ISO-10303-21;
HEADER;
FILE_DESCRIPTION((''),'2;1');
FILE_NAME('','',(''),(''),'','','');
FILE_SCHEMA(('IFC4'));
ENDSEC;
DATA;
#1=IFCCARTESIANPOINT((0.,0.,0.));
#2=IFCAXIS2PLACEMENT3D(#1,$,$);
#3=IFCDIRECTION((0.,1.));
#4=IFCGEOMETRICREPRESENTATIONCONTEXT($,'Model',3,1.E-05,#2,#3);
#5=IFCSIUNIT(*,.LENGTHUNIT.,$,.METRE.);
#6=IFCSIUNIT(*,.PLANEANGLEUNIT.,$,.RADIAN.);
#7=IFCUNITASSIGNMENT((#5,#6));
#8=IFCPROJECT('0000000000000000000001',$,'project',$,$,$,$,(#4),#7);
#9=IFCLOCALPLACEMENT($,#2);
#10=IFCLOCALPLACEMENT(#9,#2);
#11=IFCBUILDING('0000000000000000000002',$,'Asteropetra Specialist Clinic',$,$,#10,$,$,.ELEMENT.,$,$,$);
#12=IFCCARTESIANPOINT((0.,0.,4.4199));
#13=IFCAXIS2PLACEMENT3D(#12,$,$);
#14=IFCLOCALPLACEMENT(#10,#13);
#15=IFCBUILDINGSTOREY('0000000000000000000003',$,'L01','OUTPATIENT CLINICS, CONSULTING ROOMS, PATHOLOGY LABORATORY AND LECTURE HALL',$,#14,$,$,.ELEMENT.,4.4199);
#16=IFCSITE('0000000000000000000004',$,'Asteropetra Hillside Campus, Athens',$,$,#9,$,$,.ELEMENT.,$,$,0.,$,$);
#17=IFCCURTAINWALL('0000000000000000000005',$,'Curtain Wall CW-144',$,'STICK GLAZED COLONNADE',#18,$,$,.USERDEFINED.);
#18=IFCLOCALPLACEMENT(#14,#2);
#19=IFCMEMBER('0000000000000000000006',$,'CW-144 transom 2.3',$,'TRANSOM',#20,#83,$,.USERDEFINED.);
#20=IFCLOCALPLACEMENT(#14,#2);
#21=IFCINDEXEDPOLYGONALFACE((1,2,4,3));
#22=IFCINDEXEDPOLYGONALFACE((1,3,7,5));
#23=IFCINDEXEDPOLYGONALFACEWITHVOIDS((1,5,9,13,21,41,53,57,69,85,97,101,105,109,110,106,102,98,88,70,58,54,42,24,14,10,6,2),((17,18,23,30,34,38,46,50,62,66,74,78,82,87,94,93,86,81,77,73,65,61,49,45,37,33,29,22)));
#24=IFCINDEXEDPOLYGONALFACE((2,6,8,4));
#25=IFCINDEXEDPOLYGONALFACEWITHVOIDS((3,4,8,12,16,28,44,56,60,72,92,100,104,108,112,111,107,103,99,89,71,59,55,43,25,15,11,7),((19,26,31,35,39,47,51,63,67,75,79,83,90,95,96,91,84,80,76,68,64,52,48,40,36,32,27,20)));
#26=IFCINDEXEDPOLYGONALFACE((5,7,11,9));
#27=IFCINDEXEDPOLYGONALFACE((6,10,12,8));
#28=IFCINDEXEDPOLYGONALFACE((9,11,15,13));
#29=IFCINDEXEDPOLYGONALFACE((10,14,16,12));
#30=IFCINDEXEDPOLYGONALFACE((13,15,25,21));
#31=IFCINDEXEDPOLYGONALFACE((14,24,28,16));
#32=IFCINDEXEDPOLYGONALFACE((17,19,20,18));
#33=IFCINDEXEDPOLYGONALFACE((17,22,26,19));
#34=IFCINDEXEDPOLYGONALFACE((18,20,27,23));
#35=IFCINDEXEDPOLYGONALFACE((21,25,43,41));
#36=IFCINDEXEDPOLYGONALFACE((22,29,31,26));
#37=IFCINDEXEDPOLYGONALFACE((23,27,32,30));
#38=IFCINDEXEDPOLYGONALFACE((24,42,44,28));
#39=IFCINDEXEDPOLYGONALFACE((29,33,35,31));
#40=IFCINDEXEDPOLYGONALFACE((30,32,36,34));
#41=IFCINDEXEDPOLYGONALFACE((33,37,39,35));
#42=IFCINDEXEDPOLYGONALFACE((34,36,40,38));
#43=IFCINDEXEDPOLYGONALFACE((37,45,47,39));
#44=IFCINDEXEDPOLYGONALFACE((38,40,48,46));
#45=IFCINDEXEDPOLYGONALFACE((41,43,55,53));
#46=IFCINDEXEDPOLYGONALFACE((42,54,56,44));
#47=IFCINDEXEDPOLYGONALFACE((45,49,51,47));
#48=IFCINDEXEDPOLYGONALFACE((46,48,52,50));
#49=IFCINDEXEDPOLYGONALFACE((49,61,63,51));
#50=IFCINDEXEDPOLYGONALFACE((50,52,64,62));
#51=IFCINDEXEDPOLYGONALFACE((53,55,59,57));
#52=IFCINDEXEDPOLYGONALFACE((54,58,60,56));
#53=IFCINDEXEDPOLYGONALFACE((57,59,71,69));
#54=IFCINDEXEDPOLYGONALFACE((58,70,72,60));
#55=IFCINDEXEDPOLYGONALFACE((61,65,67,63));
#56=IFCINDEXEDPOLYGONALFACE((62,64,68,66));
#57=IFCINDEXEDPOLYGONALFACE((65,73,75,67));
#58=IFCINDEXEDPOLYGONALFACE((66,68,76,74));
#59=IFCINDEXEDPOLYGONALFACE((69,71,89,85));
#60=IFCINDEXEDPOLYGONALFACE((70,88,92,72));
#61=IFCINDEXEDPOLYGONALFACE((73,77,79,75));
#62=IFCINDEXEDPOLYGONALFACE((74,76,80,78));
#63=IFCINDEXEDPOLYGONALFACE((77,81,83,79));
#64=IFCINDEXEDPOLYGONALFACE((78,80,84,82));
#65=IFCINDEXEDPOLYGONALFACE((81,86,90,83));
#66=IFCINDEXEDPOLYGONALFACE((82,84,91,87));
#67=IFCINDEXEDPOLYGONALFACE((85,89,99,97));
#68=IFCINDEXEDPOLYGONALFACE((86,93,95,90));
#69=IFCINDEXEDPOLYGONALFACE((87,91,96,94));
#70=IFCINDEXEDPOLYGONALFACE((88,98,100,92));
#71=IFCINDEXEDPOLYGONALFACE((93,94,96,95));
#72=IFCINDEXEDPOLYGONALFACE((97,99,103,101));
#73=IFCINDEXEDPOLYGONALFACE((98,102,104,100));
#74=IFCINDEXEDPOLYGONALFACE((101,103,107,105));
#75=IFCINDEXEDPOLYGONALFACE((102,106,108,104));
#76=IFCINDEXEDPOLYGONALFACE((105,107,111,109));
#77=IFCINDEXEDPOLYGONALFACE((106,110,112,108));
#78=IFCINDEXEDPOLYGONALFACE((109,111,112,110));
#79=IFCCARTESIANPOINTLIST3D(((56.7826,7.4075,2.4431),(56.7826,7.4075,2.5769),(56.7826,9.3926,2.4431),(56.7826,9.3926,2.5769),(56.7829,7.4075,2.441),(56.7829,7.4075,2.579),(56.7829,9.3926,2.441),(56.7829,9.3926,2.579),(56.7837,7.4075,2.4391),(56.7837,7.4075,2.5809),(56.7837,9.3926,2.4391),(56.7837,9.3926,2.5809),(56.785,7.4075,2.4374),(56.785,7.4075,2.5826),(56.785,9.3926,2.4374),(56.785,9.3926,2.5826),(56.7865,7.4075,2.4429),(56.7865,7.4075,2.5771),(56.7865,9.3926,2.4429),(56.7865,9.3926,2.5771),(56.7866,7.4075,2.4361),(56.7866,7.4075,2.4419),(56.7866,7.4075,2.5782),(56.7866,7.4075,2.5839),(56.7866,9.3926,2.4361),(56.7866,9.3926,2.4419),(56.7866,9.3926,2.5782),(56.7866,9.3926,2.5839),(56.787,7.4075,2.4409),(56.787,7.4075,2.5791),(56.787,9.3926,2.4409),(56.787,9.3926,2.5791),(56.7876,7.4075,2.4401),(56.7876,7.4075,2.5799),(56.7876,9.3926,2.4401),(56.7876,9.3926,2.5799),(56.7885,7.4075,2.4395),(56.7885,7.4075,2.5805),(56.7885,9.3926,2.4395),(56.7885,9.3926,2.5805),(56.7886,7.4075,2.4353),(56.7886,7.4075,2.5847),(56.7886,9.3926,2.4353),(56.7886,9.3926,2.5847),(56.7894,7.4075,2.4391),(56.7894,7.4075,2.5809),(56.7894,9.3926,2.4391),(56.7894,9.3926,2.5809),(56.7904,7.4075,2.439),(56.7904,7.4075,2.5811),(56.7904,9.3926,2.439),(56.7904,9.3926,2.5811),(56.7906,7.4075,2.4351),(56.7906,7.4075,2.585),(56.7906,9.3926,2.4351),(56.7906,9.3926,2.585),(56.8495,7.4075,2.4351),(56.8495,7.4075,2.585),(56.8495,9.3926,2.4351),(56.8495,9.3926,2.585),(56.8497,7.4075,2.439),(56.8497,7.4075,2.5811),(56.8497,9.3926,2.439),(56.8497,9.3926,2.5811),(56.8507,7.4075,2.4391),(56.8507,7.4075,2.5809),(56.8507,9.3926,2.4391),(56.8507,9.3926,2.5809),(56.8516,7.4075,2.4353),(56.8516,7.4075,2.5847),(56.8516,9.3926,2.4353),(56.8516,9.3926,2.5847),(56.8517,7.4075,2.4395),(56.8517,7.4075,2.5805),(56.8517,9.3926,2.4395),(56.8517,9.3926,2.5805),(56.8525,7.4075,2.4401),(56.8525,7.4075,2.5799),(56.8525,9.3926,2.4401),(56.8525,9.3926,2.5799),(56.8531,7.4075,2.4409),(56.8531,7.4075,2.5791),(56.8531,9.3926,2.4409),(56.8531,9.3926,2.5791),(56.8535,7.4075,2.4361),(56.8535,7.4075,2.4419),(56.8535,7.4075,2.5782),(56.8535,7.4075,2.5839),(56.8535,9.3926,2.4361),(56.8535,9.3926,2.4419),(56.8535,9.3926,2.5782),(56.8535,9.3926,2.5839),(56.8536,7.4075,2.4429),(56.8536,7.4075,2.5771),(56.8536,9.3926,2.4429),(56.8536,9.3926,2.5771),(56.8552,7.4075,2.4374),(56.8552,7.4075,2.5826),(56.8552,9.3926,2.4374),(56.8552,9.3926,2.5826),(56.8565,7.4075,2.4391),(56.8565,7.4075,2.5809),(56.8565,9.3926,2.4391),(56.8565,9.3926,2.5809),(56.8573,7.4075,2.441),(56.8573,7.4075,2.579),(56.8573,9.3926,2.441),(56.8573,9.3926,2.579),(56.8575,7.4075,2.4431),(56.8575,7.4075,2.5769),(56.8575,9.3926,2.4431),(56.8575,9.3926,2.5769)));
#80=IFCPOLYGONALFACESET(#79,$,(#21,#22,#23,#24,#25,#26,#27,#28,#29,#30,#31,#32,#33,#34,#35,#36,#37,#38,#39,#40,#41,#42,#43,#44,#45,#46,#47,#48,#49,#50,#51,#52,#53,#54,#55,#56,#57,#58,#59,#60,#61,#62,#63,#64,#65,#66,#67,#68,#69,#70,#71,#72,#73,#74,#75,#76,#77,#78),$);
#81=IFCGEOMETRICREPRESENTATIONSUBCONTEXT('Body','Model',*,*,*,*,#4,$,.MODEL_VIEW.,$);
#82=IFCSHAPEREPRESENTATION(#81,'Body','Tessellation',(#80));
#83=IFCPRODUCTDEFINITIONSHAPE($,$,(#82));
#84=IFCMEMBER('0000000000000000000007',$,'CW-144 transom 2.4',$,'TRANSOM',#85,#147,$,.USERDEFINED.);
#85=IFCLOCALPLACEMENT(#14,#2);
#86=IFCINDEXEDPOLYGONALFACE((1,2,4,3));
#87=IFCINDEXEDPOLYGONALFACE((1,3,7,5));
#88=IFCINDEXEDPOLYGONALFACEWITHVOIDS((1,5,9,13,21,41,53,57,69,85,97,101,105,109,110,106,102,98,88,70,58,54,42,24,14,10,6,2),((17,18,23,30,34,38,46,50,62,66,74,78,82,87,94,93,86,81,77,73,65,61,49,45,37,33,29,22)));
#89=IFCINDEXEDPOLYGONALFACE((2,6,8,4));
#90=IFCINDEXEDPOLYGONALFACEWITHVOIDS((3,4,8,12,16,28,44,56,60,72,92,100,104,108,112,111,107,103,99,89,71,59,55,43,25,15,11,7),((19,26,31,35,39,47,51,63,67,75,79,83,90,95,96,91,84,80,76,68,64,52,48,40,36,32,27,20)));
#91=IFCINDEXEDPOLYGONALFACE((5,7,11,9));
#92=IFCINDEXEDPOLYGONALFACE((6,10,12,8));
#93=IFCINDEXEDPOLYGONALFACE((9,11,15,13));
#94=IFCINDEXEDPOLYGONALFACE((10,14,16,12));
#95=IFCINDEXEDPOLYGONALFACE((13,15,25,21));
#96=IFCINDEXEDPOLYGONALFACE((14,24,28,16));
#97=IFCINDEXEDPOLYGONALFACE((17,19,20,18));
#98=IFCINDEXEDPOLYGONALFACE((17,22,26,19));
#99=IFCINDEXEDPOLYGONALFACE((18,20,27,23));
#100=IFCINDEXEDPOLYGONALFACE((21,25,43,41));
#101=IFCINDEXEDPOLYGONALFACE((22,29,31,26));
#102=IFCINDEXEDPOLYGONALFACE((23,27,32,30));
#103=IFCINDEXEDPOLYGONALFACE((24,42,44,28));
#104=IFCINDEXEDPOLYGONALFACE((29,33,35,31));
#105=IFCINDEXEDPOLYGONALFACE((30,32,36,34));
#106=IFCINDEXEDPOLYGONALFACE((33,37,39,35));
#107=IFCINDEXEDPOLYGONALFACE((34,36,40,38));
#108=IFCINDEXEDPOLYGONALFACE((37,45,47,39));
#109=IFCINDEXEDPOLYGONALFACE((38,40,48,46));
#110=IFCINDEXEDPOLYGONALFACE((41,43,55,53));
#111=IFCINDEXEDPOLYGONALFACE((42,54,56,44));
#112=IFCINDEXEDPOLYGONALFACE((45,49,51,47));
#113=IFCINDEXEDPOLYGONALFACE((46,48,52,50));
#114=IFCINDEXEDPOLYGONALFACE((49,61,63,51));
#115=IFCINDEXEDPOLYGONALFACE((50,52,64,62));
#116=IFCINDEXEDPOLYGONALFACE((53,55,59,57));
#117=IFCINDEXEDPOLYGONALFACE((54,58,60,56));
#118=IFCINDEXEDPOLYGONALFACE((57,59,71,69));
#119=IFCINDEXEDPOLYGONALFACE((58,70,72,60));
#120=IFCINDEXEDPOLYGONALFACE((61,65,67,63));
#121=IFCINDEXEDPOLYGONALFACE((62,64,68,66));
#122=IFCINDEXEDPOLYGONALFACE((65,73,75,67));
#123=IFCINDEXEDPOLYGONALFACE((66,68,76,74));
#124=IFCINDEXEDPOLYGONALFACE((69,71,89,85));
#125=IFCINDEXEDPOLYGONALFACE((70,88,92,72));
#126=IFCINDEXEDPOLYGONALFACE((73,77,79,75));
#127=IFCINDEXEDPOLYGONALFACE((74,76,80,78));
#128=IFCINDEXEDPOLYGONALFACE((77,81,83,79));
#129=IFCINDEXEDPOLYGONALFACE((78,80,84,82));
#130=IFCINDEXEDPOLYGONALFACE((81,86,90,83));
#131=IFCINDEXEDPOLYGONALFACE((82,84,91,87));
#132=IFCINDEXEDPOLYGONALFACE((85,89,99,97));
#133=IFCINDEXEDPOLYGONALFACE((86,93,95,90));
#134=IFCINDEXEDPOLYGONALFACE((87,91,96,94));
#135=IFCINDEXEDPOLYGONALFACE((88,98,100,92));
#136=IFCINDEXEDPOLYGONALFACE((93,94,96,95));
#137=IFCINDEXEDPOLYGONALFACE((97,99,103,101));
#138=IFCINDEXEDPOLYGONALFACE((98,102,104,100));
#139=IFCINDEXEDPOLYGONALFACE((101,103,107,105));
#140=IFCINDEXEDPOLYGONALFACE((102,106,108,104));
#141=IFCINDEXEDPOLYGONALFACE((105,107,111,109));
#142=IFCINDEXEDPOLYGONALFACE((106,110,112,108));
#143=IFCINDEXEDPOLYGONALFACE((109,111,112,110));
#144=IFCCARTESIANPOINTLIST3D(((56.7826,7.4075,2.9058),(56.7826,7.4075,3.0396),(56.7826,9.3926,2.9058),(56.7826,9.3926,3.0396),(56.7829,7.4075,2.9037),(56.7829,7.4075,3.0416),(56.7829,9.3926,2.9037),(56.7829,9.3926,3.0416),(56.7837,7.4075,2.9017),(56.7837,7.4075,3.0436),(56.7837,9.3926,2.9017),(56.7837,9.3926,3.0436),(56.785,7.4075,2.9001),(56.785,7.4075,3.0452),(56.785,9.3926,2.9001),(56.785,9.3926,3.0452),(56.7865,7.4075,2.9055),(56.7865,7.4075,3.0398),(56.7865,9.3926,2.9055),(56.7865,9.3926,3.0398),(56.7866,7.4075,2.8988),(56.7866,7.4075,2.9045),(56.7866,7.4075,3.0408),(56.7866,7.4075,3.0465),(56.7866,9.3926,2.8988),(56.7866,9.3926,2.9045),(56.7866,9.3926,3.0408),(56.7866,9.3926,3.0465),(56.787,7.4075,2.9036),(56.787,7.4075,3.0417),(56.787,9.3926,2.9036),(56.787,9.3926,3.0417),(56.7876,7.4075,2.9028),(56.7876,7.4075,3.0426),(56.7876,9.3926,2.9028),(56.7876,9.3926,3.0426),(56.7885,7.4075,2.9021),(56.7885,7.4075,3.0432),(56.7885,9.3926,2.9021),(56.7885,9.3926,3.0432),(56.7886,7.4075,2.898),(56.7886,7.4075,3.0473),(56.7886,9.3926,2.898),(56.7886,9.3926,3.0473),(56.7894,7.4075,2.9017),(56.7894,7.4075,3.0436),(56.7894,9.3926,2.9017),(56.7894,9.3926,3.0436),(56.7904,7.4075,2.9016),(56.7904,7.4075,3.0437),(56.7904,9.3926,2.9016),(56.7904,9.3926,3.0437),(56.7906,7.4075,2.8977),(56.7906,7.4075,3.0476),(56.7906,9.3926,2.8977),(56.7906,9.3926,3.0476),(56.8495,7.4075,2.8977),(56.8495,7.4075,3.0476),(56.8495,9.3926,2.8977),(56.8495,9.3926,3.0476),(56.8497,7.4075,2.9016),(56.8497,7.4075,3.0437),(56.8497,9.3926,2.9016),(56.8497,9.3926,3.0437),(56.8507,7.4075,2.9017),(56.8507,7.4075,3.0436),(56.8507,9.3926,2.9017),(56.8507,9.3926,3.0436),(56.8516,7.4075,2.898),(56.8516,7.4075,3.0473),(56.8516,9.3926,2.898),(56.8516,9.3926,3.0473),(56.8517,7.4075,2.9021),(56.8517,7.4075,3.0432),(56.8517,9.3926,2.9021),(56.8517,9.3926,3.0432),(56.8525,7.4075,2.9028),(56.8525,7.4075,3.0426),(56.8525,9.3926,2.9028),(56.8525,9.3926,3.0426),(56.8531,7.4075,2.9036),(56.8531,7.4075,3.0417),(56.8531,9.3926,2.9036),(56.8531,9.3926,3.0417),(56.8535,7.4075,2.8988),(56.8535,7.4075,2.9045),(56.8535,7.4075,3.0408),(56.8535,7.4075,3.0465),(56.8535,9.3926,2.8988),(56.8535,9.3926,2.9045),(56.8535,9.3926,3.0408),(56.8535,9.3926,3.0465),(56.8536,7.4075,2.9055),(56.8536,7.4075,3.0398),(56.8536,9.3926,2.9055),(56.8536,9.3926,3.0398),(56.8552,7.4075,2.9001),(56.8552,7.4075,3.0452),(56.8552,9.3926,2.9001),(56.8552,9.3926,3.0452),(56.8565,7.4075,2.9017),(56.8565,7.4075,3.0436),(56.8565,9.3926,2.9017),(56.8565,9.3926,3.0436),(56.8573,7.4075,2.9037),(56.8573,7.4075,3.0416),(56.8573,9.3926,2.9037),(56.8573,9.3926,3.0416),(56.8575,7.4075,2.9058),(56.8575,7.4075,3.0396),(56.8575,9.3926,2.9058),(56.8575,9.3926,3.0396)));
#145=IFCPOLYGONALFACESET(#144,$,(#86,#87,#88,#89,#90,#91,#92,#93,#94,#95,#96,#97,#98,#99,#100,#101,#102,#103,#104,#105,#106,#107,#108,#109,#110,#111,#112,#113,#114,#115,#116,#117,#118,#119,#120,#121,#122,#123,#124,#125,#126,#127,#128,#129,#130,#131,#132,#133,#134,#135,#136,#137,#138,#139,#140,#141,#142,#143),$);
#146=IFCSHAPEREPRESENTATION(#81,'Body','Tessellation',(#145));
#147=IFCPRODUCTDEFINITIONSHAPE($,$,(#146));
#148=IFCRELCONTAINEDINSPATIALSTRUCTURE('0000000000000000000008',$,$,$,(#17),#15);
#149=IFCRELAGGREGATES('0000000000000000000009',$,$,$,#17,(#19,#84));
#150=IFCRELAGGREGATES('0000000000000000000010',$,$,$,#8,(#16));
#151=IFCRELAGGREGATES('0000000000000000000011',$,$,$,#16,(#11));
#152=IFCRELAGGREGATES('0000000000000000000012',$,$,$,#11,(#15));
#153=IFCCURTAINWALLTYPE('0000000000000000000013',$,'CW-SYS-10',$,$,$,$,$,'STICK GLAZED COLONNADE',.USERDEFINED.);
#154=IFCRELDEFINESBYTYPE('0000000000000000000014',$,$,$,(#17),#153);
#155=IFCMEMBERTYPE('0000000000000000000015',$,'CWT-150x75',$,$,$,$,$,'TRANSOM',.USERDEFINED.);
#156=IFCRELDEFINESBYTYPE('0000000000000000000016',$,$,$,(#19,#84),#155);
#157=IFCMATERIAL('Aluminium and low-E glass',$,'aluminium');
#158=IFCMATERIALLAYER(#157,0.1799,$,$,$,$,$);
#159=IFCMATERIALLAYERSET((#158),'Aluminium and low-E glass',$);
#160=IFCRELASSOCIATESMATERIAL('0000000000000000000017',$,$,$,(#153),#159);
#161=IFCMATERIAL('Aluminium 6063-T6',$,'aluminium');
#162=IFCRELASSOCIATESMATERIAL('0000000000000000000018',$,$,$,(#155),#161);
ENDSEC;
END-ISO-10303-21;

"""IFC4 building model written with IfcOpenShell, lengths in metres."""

from ifc_helpers import new_model, si_unit, direction, frame, origin, origin_2d, place, context, subcontext, project, spatial, hollow_rectangle, extrude, material, layer, layer_set, material_profile, profile_set, type_object, element, aggregate, save


model = new_model("IFC4")

# Units and contexts
model_context = context("Model", 3, precision=1e-05, world=origin(), true_north=direction((0.0, 1.0)))
body_context = subcontext(model_context, "Body", "Model", "MODEL_VIEW")
ifc_project = project(units=[si_unit("LENGTHUNIT", "METRE"), si_unit("PLANEANGLEUNIT", "RADIAN")], contexts=[model_context])

# Site, building, storey
site_placement = place(None, origin())
site = spatial("IfcSite", under=ifc_project, at=site_placement, Name="Asteropetra Hillside Campus, Athens", CompositionType="ELEMENT", RefElevation=0.0)
building_placement = place(site_placement, origin())
building = spatial("IfcBuilding", under=site, at=building_placement, Name="Asteropetra Specialist Clinic", CompositionType="ELEMENT")
storey_placement = place(building_placement, frame((0.0, 0.0, 4.4199)))
storey = spatial("IfcBuildingStorey", under=building, at=storey_placement, Name="L01", Description="OUTPATIENT CLINICS, CONSULTING ROOMS, PATHOLOGY LABORATORY AND LECTURE HALL", CompositionType="ELEMENT", Elevation=4.4199)

# Shared definitions
ifc_material_1 = material(Name="Aluminium and low-E glass", Category="aluminium")
ifc_layer_1 = layer(ifc_material_1, 0.1799)
ifc_layer_set_1 = layer_set([ifc_layer_1], Name="Aluminium and low-E glass")
curtain_wall_type = type_object("IfcCurtainWallType", Name="CW-SYS-10", ElementType="STICK GLAZED COLONNADE", PredefinedType="USERDEFINED", material=ifc_layer_set_1)

# Curtain wall, members
curtain_wall_1_placement = place(storey_placement, origin())
curtain_wall_1 = element("IfcCurtainWall", 1, at=curtain_wall_1_placement, inside=storey, type_object=curtain_wall_type, Name="Curtain Wall CW-144", ObjectType="STICK GLAZED COLONNADE", PredefinedType="USERDEFINED")
ifc_material_2 = material(Name="Aluminium 6063-T6", Category="aluminium")
ifc_material_profile_1 = material_profile(ifc_material_2, hollow_rectangle(XDim=0.075, YDim=0.1499, WallThickness=0.0039, InnerFilletRadius=0.0039, OuterFilletRadius=0.0081, at=origin_2d()), Name="TRN 150x75x4.0")
ifc_profile_set_1 = profile_set([ifc_material_profile_1], Name="Aluminium 6063-T6")
member_type_1 = type_object("IfcMemberType", Name="CWT-150x75", ElementType="TRANSOM", PredefinedType="USERDEFINED", material=ifc_profile_set_1)
member_1_placement = place(storey_placement, frame((56.8201, 7.4075, 2.51), z_axis=(0.0, 1.0, 0.0), x_axis=(-1.0, 0.0, 0.0)))
member_1 = element("IfcMember", 2, at=member_1_placement, type_object=member_type_1, Name="CW-144 transom 2.3", ObjectType="TRANSOM", PredefinedType="USERDEFINED", context=body_context, shape_type="SweptSolid", body=[
    extrude(hollow_rectangle(XDim=0.075, YDim=0.1499, WallThickness=0.0039, InnerFilletRadius=0.0039, OuterFilletRadius=0.0081, at=origin_2d()), origin(), (0.0, 0.0, 1.0), 1.9851),
])
member_2_placement = place(storey_placement, frame((56.8201, 7.4075, 2.9727), z_axis=(0.0, 1.0, 0.0), x_axis=(-1.0, 0.0, 0.0)))
member_2 = element("IfcMember", 3, at=member_2_placement, type_object=member_type_1, Name="CW-144 transom 2.4", ObjectType="TRANSOM", PredefinedType="USERDEFINED", context=body_context, shape_type="SweptSolid", body=[
    extrude(hollow_rectangle(XDim=0.075, YDim=0.1499, WallThickness=0.0039, InnerFilletRadius=0.0039, OuterFilletRadius=0.0081, at=origin_2d()), origin(), (0.0, 0.0, 1.0), 1.9851),
])

aggregate(curtain_wall_1, [member_1, member_2])

save(model, "model.ifc")
